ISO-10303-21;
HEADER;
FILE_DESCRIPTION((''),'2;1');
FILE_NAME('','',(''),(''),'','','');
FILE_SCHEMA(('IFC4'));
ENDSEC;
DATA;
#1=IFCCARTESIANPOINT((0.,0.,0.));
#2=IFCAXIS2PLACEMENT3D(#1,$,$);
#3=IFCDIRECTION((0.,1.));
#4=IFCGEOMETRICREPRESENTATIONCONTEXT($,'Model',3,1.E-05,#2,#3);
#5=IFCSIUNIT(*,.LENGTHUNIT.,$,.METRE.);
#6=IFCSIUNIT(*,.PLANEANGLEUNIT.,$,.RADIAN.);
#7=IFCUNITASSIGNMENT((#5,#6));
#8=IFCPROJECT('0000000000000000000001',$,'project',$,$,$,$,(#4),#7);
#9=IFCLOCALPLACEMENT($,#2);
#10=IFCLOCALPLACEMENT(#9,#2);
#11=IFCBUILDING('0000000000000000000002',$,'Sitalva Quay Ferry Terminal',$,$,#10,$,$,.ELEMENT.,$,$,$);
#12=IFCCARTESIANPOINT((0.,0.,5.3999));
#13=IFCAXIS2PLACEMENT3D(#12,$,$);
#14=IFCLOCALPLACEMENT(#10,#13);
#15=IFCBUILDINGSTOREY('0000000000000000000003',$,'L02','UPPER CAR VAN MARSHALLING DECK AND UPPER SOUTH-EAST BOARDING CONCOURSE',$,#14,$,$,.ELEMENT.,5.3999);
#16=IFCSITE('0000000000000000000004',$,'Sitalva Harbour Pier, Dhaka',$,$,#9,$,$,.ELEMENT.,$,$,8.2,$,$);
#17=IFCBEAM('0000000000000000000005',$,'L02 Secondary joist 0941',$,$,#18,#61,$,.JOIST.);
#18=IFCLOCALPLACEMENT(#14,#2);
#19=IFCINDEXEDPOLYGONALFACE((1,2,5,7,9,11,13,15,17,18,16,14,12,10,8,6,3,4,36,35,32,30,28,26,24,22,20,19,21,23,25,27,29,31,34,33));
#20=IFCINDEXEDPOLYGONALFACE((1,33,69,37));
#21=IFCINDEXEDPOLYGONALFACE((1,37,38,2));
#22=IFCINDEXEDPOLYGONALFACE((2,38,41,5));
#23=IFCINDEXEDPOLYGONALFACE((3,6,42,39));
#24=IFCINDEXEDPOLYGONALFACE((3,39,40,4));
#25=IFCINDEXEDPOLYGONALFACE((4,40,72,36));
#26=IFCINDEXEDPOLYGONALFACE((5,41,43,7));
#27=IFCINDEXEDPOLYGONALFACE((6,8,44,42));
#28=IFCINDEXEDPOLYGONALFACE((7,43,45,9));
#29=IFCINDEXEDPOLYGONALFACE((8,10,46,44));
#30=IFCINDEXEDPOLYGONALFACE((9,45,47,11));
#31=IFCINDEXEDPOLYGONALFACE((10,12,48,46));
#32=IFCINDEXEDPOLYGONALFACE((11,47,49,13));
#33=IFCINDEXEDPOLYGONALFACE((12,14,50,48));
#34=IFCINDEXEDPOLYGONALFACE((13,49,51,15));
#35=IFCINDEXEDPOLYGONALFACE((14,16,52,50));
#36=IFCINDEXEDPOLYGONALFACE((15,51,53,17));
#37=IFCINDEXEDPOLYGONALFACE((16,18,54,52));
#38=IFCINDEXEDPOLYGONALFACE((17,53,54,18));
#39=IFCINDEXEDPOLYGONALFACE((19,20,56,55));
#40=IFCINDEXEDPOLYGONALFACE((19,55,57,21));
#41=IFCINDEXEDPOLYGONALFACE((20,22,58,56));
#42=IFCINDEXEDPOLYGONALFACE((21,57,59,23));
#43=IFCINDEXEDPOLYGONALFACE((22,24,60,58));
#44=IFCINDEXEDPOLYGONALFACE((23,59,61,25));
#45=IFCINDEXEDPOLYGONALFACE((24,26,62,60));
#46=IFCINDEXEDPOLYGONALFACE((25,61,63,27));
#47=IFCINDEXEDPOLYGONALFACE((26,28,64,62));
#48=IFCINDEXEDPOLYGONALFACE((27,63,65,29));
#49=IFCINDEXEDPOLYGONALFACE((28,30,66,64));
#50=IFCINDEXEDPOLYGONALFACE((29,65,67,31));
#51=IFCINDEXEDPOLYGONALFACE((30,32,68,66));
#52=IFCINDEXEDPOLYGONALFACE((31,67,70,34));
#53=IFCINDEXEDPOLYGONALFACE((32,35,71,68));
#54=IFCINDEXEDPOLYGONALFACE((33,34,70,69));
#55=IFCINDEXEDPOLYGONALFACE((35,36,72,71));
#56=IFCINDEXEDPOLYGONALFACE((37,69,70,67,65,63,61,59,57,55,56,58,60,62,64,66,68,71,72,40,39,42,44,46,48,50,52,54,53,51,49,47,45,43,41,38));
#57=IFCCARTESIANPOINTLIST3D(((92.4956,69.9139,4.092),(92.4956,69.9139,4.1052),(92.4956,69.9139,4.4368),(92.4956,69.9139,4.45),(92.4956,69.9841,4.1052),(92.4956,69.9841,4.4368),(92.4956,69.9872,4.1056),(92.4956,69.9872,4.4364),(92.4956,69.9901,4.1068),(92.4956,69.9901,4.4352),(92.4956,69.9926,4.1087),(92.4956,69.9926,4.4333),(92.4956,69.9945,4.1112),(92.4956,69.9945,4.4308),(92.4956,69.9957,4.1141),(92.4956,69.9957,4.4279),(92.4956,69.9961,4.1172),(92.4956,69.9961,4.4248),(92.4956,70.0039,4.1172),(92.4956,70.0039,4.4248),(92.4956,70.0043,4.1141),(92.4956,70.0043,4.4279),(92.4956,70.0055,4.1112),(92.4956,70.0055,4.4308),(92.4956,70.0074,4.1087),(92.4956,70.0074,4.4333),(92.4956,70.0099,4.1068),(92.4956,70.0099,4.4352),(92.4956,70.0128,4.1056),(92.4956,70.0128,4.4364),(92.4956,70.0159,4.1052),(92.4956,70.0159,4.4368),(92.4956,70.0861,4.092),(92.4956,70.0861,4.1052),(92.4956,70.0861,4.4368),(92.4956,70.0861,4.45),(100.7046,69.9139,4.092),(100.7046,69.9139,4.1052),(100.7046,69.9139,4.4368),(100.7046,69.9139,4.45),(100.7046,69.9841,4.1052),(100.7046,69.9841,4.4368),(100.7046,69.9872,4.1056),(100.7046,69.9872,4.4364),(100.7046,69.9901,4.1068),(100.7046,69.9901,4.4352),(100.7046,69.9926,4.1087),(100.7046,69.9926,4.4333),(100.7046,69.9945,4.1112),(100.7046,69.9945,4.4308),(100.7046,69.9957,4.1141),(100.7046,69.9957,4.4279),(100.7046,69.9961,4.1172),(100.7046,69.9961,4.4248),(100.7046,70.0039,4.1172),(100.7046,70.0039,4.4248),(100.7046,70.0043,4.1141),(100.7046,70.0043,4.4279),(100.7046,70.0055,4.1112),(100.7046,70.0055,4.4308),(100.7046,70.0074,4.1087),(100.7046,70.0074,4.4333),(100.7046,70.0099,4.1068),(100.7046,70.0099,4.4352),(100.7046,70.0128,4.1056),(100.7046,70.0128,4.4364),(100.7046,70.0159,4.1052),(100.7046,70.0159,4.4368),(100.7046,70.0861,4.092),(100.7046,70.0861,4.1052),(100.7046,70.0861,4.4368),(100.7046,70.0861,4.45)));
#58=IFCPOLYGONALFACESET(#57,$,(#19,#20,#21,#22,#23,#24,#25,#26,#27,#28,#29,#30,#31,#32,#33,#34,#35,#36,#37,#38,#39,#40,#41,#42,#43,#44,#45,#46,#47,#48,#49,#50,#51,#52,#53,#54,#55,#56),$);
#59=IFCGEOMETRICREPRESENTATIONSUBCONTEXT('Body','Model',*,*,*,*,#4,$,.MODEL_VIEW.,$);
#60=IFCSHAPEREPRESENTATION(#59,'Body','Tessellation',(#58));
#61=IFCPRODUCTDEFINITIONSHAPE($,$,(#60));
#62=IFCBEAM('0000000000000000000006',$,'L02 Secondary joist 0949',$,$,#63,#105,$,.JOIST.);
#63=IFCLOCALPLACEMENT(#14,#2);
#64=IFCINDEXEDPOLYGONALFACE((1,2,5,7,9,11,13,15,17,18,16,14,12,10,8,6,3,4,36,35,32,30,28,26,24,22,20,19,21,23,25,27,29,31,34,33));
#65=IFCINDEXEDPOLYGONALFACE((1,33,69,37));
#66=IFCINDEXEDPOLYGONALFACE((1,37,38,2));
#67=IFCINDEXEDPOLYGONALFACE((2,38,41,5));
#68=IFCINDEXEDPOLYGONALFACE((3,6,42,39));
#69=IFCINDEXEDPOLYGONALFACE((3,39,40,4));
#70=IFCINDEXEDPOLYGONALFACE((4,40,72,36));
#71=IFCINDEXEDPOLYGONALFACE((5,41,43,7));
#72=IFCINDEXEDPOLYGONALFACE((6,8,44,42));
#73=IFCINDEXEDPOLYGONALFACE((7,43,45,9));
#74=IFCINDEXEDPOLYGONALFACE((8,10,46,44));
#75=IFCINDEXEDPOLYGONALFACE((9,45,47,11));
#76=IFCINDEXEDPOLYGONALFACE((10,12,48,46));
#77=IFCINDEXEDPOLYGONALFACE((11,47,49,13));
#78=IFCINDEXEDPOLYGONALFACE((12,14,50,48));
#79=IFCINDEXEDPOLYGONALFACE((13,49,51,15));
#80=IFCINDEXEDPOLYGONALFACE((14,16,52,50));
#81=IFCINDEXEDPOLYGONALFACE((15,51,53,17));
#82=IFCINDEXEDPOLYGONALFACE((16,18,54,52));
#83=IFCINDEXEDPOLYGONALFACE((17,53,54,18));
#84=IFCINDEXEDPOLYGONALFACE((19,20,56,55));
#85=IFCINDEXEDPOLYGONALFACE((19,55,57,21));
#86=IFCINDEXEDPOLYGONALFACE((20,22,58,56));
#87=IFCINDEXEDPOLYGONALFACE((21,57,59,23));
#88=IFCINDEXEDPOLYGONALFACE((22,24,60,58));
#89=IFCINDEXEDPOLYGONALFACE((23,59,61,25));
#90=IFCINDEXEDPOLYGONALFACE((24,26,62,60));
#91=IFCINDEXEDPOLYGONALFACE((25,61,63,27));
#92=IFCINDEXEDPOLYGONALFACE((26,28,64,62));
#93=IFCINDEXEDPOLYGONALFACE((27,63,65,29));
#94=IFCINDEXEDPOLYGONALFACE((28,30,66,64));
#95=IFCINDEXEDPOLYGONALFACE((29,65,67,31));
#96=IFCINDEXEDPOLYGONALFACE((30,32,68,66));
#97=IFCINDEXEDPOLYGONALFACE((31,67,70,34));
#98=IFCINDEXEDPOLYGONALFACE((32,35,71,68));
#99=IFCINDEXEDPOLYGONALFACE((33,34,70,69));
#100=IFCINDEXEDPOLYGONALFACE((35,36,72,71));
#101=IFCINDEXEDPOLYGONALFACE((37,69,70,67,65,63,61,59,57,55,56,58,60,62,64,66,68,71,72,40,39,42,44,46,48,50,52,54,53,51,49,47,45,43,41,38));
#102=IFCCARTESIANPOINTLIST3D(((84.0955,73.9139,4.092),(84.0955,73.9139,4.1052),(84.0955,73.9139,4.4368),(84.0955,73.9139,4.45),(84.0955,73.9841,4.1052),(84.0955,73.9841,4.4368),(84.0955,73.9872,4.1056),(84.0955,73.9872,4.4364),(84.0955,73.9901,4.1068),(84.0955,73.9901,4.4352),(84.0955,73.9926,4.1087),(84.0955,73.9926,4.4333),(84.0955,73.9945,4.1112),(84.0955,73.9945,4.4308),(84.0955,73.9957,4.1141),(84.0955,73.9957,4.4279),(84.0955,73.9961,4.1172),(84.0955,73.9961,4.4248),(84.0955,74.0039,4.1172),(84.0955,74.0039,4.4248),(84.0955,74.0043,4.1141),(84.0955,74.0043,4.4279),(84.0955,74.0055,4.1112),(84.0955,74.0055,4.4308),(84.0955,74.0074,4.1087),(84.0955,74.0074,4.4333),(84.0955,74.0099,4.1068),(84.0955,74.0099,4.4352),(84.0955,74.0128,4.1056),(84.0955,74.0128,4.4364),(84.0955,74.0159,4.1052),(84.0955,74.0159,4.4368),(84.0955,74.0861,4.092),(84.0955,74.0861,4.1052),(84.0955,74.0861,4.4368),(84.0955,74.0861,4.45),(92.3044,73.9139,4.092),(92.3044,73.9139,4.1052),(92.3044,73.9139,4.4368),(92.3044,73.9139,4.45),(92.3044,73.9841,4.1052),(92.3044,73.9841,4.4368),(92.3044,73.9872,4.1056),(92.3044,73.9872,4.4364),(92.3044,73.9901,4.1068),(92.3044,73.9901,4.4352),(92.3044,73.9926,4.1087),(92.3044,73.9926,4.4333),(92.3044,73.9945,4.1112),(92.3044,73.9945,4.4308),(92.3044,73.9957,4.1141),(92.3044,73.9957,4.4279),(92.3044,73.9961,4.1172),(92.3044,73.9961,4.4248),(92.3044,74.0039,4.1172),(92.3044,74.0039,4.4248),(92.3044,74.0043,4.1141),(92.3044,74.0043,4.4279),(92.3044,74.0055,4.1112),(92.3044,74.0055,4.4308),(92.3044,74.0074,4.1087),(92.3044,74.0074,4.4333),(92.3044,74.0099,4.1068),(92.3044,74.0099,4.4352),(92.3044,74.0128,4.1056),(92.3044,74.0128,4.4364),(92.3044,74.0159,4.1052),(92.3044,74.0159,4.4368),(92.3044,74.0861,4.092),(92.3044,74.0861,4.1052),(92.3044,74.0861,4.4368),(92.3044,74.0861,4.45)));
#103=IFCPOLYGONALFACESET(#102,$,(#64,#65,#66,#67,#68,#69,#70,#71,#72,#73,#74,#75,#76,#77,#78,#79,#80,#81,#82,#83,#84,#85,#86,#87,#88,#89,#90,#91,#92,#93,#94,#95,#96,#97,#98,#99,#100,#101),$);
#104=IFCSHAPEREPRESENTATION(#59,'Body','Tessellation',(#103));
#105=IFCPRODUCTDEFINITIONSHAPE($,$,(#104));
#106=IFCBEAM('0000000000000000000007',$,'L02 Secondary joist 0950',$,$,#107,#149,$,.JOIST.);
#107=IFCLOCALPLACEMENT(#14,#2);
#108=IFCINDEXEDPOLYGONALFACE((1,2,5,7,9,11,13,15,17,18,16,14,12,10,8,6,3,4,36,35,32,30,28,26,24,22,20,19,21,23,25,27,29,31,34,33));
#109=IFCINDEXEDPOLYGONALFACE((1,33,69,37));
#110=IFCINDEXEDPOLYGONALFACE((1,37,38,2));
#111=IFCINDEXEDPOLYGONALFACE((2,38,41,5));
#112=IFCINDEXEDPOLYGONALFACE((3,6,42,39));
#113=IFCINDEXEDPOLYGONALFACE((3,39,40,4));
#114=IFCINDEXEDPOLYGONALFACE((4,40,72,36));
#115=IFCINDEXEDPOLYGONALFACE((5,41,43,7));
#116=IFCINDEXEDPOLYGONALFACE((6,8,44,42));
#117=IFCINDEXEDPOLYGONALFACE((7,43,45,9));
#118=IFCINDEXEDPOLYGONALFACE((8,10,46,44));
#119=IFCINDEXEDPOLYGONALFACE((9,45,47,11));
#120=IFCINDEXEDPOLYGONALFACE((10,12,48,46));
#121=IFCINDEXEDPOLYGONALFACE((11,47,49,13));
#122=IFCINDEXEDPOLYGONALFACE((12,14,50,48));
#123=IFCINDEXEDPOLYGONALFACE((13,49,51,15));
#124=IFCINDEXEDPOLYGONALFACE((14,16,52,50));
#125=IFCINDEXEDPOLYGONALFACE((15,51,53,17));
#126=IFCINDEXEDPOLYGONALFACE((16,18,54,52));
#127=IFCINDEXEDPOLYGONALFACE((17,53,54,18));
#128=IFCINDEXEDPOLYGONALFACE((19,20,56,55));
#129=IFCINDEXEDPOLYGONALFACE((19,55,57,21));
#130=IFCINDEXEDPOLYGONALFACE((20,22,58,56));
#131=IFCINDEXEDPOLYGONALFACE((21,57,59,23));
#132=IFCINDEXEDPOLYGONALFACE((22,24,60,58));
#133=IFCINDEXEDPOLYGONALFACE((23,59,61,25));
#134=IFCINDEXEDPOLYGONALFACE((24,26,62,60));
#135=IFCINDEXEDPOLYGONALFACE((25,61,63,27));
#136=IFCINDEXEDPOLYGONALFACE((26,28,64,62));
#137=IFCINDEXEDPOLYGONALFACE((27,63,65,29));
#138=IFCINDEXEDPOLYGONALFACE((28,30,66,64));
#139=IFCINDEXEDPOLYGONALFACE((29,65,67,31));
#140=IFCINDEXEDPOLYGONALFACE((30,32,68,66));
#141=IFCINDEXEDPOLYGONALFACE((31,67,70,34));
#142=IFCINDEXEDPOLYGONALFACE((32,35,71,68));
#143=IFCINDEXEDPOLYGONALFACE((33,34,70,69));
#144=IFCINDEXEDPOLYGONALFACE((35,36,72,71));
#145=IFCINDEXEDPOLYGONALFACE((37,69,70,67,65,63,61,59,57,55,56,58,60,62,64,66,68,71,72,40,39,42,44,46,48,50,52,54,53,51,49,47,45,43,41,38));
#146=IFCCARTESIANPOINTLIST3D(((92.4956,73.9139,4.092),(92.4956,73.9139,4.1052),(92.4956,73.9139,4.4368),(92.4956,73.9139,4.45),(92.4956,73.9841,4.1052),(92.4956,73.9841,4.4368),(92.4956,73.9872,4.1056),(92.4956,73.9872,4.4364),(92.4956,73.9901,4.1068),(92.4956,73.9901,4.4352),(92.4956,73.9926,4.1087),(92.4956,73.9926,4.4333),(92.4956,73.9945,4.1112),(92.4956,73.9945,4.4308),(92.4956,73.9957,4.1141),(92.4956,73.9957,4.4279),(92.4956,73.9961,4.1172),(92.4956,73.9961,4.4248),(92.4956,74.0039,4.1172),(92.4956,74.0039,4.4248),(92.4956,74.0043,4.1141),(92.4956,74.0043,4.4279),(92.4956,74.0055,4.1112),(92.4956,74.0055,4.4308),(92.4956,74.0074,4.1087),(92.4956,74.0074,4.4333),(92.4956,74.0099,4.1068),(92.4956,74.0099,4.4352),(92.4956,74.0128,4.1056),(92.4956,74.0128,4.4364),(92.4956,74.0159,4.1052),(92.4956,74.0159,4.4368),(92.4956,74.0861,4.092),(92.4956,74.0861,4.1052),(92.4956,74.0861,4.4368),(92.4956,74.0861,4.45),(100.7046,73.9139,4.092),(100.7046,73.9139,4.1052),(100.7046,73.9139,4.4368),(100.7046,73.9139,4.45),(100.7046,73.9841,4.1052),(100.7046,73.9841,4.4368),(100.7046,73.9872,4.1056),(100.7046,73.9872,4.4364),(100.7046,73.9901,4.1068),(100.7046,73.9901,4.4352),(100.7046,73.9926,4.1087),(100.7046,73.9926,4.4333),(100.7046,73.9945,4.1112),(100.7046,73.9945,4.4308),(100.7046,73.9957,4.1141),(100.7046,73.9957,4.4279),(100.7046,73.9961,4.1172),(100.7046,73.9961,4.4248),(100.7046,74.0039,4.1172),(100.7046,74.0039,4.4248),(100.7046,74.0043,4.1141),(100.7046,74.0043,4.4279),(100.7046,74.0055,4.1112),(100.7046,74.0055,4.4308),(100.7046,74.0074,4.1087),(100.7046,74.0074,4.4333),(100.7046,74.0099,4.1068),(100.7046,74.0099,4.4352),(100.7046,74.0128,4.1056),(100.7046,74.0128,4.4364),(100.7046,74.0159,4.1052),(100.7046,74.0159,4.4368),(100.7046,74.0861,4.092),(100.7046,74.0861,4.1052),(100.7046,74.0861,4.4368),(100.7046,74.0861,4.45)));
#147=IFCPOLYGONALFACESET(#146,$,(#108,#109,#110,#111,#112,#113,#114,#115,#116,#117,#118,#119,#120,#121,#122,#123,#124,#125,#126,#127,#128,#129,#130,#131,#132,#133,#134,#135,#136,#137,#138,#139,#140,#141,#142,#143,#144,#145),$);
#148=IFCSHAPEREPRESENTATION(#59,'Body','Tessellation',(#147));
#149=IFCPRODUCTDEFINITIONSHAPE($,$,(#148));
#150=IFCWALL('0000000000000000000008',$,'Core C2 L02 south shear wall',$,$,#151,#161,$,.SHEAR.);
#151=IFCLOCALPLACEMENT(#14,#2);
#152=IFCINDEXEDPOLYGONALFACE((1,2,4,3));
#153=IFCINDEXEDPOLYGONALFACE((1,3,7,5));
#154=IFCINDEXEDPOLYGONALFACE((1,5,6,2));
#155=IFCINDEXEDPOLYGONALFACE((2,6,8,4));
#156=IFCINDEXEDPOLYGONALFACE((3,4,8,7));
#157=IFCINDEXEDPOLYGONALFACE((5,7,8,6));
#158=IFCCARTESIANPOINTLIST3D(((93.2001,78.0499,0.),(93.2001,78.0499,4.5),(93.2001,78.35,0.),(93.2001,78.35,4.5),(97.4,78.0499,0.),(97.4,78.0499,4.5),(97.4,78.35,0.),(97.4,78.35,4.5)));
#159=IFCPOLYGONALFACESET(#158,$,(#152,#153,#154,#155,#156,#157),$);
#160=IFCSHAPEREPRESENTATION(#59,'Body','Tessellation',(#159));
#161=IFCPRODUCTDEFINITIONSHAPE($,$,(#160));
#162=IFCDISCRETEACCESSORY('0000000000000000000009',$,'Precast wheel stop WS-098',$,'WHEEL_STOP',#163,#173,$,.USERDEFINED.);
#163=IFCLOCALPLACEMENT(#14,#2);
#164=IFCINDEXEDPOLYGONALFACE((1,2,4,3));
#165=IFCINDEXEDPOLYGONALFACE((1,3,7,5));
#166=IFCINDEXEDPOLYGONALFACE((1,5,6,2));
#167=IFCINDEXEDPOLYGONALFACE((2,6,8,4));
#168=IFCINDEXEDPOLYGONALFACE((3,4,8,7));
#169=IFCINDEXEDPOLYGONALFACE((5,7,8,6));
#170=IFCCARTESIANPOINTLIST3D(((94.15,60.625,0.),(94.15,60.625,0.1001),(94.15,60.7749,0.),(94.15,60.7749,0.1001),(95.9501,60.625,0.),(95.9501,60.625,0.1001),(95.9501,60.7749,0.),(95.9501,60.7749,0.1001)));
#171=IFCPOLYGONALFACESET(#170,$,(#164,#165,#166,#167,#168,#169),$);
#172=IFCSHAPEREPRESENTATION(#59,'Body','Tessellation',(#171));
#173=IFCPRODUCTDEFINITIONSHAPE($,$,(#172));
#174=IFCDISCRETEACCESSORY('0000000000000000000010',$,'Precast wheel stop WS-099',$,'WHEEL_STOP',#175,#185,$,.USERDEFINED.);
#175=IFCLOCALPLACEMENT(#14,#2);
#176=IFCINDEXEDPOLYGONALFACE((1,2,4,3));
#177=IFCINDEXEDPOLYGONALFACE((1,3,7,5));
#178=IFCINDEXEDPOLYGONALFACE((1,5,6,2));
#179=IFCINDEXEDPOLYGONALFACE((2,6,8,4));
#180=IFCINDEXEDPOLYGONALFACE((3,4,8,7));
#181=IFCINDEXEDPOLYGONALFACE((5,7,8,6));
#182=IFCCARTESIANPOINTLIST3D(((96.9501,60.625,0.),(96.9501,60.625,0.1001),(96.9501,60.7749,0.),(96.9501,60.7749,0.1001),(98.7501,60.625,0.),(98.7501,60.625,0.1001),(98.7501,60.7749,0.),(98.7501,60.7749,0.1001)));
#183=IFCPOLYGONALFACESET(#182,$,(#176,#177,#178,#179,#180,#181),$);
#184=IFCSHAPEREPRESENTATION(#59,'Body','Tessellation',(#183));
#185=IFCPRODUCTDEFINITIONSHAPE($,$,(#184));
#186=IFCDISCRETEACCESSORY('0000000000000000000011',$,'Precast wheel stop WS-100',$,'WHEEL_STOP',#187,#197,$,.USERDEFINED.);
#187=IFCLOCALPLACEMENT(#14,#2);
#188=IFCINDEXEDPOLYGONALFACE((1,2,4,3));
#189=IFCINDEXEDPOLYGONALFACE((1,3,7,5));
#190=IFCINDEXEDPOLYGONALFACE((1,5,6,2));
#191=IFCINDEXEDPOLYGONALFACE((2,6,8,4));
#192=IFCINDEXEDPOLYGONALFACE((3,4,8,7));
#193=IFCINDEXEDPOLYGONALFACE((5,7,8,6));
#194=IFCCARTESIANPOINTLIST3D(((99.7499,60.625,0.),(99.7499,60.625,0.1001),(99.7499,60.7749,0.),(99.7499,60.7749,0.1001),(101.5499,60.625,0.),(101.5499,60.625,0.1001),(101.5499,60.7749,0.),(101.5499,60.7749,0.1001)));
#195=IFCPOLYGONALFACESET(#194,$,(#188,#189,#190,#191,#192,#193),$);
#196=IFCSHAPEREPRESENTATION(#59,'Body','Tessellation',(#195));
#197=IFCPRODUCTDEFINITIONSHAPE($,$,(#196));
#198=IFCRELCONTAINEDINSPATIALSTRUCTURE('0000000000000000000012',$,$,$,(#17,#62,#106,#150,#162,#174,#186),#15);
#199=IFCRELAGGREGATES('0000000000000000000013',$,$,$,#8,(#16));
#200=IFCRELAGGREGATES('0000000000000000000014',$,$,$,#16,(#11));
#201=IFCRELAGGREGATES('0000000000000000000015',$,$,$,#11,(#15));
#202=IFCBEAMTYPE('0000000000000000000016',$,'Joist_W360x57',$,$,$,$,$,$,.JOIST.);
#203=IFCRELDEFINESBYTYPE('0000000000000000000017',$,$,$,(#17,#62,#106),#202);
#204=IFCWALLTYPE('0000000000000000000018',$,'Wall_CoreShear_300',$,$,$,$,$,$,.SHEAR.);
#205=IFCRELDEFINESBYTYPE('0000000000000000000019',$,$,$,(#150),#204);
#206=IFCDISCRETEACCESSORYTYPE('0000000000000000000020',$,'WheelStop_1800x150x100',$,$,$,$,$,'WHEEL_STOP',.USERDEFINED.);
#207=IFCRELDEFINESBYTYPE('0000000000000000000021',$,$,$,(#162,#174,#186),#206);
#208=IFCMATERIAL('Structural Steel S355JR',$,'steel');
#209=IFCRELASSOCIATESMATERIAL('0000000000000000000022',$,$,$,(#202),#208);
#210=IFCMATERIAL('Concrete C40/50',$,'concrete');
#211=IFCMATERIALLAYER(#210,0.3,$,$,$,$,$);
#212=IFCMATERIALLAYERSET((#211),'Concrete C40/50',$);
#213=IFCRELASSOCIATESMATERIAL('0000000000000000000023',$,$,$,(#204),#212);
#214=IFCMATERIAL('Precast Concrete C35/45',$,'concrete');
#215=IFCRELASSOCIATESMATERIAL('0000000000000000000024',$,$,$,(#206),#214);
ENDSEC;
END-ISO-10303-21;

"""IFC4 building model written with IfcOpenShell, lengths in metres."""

from ifc_helpers import new_model, si_unit, direction, frame, frame_2d, origin, origin_2d, place, context, subcontext, project, spatial, rectangle, i_section, extrude, material, layer, layer_set, material_profile, profile_set, type_object, element, save


model = new_model("IFC4")

# Units and contexts
model_context = context("Model", 3, precision=1e-05, world=origin(), true_north=direction((0.0, 1.0)))
body_context = subcontext(model_context, "Body", "Model", "MODEL_VIEW")
ifc_project = project(units=[si_unit("LENGTHUNIT", "METRE"), si_unit("PLANEANGLEUNIT", "RADIAN")], contexts=[model_context])

# Site, building, storey
site_placement = place(None, origin())
site = spatial("IfcSite", under=ifc_project, at=site_placement, Name="Sitalva Harbour Pier, Dhaka", CompositionType="ELEMENT", RefElevation=8.2)
building_placement = place(site_placement, origin())
building = spatial("IfcBuilding", under=site, at=building_placement, Name="Sitalva Quay Ferry Terminal", CompositionType="ELEMENT")
storey_placement = place(building_placement, frame((0.0, 0.0, 5.3999)))
storey = spatial("IfcBuildingStorey", under=building, at=storey_placement, Name="L02", Description="UPPER CAR VAN MARSHALLING DECK AND UPPER SOUTH-EAST BOARDING CONCOURSE", CompositionType="ELEMENT", Elevation=5.3999)

# Beams
ifc_material_1 = material(Name="Structural Steel S355JR", Category="steel")
ifc_material_profile_1 = material_profile(ifc_material_1, i_section(OverallWidth=0.1721, OverallDepth=0.3579, WebThickness=0.0078, FlangeThickness=0.0132, FilletRadius=0.012, at=origin_2d()), Name="W360x57")
ifc_profile_set_1 = profile_set([ifc_material_profile_1], Name="Structural Steel S355JR")
beam_type_1 = type_object("IfcBeamType", Name="Joist_W360x57", PredefinedType="JOIST", material=ifc_profile_set_1)
for number, where, z_axis, x_axis, name in (
    (1, (92.4956, 70.0, 4.271), (1.0, 0.0, 0.0), (0.0, 1.0, 0.0), "L02 Secondary joist 0941"),
    (2, (84.0955, 74.0, 4.271), (1.0, 0.0, 0.0), (0.0, 1.0, 0.0), "L02 Secondary joist 0949"),
    (3, (92.4956, 74.0, 4.271), (1.0, 0.0, 0.0), (0.0, 1.0, 0.0), "L02 Secondary joist 0950"),
):
    element("IfcBeam", number, at=place(storey_placement, frame(where, z_axis=z_axis, x_axis=x_axis)), inside=storey, type_object=beam_type_1, Name=name, PredefinedType="JOIST", context=body_context, shape_type="SweptSolid", body=[
        extrude(i_section(OverallWidth=0.1721, OverallDepth=0.3579, WebThickness=0.0078, FlangeThickness=0.0132, FilletRadius=0.012, at=origin_2d()), origin(), (0.0, 0.0, 1.0), 8.209),
    ])

# Wall
ifc_material_2 = material(Name="Concrete C40/50", Category="concrete")
ifc_layer = layer(ifc_material_2, 0.3)
ifc_layer_set = layer_set([ifc_layer], Name="Concrete C40/50")
wall_type = type_object("IfcWallType", Name="Wall_CoreShear_300", PredefinedType="SHEAR", material=ifc_layer_set)
wall_placement = place(storey_placement, frame((93.2, 78.2, 0.0), z_axis=(0.0, 0.0, 1.0), x_axis=(1.0, 0.0, 0.0)))
element("IfcWall", 4, at=wall_placement, inside=storey, type_object=wall_type, Name="Core C2 L02 south shear wall", PredefinedType="SHEAR", context=body_context, shape_type="SweptSolid", body=[
    extrude(rectangle(XDim=4.2, YDim=0.3, at=frame_2d((2.1001, 0.0))), origin(), (0.0, 0.0, 1.0), 4.5),
])

# Discrete accessories
ifc_material_3 = material(Name="Precast Concrete C35/45", Category="concrete")
discrete_accessory_type = type_object("IfcDiscreteAccessoryType", Name="WheelStop_1800x150x100", ElementType="WHEEL_STOP", PredefinedType="USERDEFINED", material=ifc_material_3)
for number, where, z_axis, x_axis, name in (
    (5, (95.05, 60.7, 0.0), (0.0, 0.0, 1.0), (1.0, 0.0, 0.0), "Precast wheel stop WS-098"),
    (6, (97.8501, 60.7, 0.0), (0.0, 0.0, 1.0), (1.0, 0.0, 0.0), "Precast wheel stop WS-099"),
    (7, (100.6499, 60.7, 0.0), (0.0, 0.0, 1.0), (1.0, 0.0, 0.0), "Precast wheel stop WS-100"),
):
    element("IfcDiscreteAccessory", number, at=place(storey_placement, frame(where, z_axis=z_axis, x_axis=x_axis)), inside=storey, type_object=discrete_accessory_type, Name=name, ObjectType="WHEEL_STOP", PredefinedType="USERDEFINED", context=body_context, shape_type="SweptSolid", body=[
        extrude(rectangle(XDim=1.8, YDim=0.1499, at=origin_2d()), origin(), (0.0, 0.0, 1.0), 0.1001),
    ])

save(model, "model.ifc")
